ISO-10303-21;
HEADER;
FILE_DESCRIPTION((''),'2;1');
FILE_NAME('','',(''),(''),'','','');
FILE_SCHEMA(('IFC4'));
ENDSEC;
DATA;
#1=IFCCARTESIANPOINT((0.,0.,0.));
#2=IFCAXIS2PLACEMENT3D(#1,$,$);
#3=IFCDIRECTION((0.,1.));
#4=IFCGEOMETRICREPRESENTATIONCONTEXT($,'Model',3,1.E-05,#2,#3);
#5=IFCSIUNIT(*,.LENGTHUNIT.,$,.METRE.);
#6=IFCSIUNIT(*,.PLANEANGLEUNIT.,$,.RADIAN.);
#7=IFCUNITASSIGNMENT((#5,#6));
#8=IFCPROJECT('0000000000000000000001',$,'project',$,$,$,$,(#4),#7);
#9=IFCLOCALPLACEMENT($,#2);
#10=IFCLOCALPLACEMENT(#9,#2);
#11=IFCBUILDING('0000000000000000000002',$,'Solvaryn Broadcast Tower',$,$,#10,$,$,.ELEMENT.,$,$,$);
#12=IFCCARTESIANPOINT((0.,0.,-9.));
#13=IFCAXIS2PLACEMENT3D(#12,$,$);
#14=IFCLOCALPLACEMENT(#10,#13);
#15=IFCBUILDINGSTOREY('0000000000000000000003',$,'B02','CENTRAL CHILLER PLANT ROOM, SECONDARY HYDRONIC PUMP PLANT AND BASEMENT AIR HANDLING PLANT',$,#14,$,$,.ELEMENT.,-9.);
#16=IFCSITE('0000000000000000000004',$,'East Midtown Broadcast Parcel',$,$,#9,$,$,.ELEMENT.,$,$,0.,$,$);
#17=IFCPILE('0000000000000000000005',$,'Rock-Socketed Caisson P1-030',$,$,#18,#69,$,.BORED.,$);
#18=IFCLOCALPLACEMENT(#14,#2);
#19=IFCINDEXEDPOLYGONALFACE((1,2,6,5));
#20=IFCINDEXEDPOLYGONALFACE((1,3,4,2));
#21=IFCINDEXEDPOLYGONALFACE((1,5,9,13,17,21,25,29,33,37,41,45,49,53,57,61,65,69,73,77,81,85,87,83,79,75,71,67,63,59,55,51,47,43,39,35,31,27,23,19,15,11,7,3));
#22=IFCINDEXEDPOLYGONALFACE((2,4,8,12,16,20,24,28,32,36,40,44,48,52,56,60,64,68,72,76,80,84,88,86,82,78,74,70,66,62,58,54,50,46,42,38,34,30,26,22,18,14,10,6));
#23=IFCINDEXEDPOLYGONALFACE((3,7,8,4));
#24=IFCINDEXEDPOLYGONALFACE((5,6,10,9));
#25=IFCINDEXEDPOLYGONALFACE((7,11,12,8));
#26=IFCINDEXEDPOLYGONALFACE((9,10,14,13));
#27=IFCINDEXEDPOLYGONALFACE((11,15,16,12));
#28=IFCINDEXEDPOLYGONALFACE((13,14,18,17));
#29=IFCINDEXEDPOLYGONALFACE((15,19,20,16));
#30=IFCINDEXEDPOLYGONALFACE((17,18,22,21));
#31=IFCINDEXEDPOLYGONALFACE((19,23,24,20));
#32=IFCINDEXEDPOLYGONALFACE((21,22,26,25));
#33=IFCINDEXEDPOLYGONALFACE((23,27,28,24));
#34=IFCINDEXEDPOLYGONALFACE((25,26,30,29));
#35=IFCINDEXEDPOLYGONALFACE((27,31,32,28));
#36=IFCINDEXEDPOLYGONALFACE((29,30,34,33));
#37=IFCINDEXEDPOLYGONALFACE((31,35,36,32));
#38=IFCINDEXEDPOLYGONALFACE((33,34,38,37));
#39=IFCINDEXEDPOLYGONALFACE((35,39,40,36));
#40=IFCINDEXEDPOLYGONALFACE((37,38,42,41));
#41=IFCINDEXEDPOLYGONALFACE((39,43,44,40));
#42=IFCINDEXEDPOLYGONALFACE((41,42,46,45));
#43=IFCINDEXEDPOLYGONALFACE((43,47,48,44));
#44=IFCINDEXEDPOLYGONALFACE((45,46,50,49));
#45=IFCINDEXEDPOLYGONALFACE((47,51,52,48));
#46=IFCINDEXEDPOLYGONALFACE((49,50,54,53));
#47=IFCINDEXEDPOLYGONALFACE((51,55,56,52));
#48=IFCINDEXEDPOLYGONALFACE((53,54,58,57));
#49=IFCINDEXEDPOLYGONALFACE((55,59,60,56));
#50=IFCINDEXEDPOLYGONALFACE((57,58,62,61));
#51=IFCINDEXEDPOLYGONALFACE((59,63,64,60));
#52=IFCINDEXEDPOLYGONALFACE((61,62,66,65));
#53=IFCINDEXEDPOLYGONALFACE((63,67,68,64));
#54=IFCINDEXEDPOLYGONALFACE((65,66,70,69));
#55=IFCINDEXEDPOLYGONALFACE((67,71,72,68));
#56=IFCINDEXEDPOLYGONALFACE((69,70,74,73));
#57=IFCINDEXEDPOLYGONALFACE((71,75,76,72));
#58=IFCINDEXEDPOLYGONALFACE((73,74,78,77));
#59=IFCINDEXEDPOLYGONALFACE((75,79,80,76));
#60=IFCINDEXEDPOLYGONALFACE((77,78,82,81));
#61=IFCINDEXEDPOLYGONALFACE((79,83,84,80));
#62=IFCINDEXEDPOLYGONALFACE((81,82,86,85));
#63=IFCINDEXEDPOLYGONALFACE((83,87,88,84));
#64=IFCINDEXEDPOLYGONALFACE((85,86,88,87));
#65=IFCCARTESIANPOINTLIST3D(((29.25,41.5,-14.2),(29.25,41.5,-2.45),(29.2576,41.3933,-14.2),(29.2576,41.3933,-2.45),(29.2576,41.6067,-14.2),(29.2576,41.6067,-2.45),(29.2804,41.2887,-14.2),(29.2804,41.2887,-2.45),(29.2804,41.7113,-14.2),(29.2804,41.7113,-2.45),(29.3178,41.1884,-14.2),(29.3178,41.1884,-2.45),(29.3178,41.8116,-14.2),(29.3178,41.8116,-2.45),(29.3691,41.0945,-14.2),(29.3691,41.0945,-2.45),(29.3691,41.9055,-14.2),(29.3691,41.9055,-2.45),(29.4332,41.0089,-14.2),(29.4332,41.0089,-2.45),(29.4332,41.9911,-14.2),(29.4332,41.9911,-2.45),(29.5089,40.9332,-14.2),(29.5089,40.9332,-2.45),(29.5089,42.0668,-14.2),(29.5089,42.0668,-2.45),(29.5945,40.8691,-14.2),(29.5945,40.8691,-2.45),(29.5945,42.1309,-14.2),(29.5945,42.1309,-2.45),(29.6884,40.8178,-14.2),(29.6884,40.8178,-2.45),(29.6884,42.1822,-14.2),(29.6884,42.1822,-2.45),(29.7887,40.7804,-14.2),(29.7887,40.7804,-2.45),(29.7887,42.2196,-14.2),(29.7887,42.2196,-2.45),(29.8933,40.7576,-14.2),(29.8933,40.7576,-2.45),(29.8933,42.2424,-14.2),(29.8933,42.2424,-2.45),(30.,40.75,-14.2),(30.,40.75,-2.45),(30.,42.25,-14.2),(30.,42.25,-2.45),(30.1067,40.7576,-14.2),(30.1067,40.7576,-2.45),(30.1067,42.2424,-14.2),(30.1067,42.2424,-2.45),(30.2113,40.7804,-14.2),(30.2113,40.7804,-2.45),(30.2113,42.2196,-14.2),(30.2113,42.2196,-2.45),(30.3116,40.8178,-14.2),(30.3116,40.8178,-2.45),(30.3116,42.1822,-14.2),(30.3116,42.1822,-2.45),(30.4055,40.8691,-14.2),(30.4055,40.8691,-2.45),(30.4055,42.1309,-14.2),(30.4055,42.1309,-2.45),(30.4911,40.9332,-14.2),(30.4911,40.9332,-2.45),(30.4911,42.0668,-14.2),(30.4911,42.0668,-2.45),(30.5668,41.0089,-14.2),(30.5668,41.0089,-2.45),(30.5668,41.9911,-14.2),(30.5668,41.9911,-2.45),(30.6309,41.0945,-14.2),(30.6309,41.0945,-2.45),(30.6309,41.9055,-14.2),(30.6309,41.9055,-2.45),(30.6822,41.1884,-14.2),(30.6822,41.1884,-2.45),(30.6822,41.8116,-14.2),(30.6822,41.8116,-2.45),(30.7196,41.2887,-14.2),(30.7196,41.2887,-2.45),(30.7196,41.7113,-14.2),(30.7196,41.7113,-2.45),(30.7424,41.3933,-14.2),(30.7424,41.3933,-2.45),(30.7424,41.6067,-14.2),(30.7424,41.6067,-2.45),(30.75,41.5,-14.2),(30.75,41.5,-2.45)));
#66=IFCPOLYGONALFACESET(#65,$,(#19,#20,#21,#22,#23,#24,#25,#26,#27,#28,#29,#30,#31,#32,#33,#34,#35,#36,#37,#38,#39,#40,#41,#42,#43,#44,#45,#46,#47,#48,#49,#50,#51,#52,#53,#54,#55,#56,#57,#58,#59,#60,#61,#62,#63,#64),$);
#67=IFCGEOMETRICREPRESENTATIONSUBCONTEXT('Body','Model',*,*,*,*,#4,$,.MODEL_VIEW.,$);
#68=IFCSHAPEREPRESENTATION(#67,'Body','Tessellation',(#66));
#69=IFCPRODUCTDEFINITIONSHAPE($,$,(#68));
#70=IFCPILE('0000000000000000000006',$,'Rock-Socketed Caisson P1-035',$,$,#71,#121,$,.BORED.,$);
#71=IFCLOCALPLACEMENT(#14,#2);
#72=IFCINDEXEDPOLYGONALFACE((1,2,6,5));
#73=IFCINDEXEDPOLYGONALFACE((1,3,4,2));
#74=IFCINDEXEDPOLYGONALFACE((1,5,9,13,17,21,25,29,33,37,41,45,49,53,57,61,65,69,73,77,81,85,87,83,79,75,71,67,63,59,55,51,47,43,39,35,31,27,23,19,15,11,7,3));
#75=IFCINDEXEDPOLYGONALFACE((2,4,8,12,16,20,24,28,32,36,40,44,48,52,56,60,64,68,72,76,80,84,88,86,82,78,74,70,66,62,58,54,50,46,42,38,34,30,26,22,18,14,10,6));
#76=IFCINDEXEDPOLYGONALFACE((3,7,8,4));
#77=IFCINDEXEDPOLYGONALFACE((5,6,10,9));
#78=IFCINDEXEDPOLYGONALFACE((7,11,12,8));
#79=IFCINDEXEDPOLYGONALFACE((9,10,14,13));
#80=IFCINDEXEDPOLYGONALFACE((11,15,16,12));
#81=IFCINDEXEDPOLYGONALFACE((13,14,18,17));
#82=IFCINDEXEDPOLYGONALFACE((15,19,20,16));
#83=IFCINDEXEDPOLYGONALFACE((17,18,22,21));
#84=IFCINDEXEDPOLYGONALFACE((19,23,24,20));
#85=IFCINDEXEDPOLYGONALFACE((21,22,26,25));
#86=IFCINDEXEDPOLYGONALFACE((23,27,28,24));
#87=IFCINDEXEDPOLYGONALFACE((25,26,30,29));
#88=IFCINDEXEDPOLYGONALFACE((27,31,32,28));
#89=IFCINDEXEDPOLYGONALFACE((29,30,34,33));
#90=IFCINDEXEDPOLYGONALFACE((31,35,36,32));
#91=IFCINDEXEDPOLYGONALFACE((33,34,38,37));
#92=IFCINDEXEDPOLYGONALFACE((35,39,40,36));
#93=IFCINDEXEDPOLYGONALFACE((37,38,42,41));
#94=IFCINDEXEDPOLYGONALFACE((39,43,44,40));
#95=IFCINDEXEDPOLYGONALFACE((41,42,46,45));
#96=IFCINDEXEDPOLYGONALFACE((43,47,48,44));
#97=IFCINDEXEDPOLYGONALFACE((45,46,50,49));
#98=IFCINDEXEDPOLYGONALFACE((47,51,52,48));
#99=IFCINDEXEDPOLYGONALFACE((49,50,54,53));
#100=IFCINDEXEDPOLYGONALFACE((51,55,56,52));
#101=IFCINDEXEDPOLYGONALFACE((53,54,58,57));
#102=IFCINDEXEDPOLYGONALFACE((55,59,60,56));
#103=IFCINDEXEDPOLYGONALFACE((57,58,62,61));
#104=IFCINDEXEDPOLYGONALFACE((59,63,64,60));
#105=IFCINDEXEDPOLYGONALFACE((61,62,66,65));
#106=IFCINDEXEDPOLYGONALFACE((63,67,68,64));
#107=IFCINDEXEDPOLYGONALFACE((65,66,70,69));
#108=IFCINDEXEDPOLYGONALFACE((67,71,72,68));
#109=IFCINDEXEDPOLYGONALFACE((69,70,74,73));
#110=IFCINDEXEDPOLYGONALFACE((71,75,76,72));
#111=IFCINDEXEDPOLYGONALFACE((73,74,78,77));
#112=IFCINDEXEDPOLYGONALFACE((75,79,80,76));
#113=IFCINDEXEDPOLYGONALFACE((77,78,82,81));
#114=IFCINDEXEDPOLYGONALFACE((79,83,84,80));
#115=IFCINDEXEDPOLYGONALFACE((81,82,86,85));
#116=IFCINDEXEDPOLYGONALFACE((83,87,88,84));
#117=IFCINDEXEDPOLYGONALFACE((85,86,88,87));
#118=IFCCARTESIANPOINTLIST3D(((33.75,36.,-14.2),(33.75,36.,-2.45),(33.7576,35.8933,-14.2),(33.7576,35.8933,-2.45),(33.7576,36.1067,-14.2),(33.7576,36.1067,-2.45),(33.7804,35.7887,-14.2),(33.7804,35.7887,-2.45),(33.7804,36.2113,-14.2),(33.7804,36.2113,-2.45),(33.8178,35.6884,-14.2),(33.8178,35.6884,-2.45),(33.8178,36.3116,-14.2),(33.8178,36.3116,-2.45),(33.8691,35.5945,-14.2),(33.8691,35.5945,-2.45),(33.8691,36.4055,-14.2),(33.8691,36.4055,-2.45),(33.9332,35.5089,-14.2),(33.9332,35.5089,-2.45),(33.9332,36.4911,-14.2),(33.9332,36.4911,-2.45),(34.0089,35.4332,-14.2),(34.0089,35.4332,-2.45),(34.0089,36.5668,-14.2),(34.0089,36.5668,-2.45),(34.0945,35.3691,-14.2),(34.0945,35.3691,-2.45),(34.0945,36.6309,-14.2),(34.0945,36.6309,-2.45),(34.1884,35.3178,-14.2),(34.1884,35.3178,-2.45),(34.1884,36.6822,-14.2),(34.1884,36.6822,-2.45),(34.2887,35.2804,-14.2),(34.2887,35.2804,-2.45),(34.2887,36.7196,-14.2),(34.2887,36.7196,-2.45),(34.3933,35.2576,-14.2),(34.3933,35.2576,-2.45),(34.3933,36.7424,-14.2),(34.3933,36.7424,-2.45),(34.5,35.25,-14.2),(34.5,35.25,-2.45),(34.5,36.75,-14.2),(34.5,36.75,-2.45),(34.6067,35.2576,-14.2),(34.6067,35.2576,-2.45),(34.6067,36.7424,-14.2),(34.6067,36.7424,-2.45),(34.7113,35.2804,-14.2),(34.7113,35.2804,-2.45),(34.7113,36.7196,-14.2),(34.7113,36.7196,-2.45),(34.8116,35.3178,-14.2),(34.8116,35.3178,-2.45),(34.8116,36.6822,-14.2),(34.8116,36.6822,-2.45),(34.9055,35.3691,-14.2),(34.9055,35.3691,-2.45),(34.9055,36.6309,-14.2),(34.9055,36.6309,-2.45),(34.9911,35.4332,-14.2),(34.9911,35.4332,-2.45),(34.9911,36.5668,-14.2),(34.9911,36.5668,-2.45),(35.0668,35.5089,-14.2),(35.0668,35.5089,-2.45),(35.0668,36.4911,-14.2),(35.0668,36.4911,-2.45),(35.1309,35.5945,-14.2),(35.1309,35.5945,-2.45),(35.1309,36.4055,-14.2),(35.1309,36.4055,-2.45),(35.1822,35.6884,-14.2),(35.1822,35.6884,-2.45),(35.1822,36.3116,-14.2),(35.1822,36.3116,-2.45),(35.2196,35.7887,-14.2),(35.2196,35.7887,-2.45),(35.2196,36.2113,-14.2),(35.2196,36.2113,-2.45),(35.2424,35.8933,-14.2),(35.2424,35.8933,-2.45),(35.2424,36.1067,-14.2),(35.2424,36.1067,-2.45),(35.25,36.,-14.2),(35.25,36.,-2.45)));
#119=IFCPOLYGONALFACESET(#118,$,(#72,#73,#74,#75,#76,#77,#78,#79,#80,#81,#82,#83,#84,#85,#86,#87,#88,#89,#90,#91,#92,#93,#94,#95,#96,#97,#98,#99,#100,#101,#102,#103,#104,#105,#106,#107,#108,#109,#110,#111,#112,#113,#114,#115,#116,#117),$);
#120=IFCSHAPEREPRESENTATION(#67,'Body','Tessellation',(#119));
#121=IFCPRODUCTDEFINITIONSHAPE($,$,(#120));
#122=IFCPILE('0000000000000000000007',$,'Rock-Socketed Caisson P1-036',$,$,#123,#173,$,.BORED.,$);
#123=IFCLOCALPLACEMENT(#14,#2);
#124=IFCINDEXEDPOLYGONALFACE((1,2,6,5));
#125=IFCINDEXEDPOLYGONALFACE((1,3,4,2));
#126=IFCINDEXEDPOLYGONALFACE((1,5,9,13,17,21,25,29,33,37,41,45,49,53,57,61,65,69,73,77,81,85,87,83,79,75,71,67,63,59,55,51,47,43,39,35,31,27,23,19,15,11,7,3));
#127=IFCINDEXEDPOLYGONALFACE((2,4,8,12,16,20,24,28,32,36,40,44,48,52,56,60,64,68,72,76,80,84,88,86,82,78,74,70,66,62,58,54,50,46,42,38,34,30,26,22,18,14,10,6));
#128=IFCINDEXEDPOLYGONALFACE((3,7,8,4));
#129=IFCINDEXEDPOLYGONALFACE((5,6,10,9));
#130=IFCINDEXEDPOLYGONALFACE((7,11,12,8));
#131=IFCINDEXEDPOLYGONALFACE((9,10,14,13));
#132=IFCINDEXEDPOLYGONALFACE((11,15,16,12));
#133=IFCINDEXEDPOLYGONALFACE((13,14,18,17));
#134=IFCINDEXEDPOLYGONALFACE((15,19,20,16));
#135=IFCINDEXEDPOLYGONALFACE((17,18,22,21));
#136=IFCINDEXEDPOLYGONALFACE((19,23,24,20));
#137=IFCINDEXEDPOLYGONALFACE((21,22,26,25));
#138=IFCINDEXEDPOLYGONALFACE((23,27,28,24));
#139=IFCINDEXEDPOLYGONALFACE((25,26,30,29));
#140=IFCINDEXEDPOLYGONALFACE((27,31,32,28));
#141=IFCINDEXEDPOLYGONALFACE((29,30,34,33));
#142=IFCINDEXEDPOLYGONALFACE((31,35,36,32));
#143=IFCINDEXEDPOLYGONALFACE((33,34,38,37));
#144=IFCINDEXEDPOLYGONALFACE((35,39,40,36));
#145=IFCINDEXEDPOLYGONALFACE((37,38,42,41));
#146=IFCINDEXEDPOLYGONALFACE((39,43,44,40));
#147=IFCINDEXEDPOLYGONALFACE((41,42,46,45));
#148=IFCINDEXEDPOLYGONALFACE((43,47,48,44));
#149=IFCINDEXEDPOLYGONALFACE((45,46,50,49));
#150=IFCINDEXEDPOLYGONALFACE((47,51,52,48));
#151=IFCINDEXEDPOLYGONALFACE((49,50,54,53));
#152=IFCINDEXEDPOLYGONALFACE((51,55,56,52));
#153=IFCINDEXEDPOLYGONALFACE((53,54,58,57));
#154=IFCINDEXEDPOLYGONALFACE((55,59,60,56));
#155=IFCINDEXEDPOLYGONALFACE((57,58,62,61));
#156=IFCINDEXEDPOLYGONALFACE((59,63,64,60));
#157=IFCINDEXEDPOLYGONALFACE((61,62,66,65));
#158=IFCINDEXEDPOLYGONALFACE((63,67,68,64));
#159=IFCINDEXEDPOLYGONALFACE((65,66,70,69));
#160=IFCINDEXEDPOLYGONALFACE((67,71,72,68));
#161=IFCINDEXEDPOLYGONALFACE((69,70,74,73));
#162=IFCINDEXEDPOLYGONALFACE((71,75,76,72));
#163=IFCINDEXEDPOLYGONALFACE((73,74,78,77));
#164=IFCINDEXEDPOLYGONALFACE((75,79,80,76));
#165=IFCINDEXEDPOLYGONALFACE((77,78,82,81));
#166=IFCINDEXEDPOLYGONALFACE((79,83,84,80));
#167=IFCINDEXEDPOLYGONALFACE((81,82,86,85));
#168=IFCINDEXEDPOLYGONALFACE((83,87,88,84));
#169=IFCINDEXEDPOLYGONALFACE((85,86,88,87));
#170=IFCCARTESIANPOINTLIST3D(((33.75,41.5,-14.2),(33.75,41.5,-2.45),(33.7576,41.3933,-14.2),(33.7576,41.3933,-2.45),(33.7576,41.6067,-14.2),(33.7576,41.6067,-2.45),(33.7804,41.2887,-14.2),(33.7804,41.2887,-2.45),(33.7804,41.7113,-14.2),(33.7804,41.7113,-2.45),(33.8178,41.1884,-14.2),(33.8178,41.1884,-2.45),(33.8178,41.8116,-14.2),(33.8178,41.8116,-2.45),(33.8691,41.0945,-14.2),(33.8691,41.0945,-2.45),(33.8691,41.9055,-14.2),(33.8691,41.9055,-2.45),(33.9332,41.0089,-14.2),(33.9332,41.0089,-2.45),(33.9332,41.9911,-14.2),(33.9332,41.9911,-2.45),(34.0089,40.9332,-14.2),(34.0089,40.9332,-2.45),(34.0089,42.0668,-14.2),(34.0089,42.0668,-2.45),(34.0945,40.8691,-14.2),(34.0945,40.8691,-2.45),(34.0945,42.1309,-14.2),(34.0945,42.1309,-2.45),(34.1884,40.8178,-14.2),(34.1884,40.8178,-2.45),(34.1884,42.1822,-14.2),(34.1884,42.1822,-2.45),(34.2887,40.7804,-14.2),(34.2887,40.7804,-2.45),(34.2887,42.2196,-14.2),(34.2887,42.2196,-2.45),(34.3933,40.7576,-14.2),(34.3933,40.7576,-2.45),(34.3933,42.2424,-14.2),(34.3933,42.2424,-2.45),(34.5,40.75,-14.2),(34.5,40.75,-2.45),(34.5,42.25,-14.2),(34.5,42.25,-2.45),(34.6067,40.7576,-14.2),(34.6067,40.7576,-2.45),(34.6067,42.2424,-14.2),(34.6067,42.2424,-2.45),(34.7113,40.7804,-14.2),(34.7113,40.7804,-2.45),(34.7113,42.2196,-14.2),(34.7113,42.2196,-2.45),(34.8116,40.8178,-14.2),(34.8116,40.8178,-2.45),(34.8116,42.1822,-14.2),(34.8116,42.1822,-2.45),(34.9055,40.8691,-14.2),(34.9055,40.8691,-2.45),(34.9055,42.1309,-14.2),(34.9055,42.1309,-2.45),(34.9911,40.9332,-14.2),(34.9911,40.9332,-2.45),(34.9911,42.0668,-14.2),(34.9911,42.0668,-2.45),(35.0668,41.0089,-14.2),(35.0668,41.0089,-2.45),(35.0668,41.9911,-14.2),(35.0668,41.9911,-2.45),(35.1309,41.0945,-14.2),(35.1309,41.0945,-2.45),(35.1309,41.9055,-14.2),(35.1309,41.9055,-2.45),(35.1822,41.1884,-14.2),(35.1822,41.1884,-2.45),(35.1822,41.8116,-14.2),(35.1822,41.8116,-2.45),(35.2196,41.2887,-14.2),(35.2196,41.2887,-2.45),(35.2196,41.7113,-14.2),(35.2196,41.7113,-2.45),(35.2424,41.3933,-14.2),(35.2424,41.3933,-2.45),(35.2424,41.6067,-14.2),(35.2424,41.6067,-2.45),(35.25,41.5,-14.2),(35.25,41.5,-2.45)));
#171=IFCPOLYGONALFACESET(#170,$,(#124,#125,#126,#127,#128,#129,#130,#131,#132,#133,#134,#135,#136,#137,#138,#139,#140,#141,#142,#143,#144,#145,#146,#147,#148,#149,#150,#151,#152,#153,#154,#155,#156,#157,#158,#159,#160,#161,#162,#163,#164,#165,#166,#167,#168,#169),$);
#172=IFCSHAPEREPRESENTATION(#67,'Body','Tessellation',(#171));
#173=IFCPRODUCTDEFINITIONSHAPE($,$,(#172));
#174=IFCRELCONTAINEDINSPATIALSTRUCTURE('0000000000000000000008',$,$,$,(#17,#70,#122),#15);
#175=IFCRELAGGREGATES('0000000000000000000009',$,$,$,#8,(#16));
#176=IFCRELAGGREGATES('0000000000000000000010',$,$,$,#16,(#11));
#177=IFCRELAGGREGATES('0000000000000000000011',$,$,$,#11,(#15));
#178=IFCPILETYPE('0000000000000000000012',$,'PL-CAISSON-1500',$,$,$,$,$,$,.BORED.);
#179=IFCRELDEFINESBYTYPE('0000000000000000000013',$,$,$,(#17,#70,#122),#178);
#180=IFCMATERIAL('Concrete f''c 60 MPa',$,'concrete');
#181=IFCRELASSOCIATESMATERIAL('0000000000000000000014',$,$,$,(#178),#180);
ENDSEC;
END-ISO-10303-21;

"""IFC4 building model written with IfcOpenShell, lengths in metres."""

from ifc_helpers import new_model, si_unit, direction, frame, origin, origin_2d, place, context, subcontext, project, spatial, circle, extrude, material, material_profile, profile_set, type_object, element, save


model = new_model("IFC4")

# Units and contexts
model_context = context("Model", 3, precision=1e-05, world=origin(), true_north=direction((0.0, 1.0)))
body_context = subcontext(model_context, "Body", "Model", "MODEL_VIEW")
ifc_project = project(units=[si_unit("LENGTHUNIT", "METRE"), si_unit("PLANEANGLEUNIT", "RADIAN")], contexts=[model_context])

# Site, building, storey
site_placement = place(None, origin())
site = spatial("IfcSite", under=ifc_project, at=site_placement, Name="East Midtown Broadcast Parcel", CompositionType="ELEMENT", RefElevation=0.0)
building_placement = place(site_placement, origin())
building = spatial("IfcBuilding", under=site, at=building_placement, Name="Solvaryn Broadcast Tower", CompositionType="ELEMENT")
storey_placement = place(building_placement, frame((0.0, 0.0, -9.0)))
storey = spatial("IfcBuildingStorey", under=building, at=storey_placement, Name="B02", Description="CENTRAL CHILLER PLANT ROOM, SECONDARY HYDRONIC PUMP PLANT AND BASEMENT AIR HANDLING PLANT", CompositionType="ELEMENT", Elevation=-9.0)

# Piles
ifc_material_1 = material(Name="Concrete f'c 60 MPa", Category="concrete")
ifc_material_profile_1 = material_profile(ifc_material_1, circle(Radius=0.75, at=origin_2d()))
ifc_profile_set_1 = profile_set([ifc_material_profile_1], Name="Concrete f'c 60 MPa")
pile_type_1 = type_object("IfcPileType", Name="PL-CAISSON-1500", PredefinedType="BORED", material=ifc_profile_set_1)
for number, where, z_axis, x_axis, name in (
    (1, (30.0, 41.5, -2.45), (0.0, 0.0, -1.0), (1.0, 0.0, 0.0), "Rock-Socketed Caisson P1-030"),
    (2, (34.5, 36.0, -2.45), (0.0, 0.0, -1.0), (1.0, 0.0, 0.0), "Rock-Socketed Caisson P1-035"),
    (3, (34.5, 41.5, -2.45), (0.0, 0.0, -1.0), (1.0, 0.0, 0.0), "Rock-Socketed Caisson P1-036"),
):
    element("IfcPile", number, at=place(storey_placement, frame(where, z_axis=z_axis, x_axis=x_axis)), inside=storey, type_object=pile_type_1, Name=name, PredefinedType="BORED", context=body_context, shape_type="SweptSolid", body=[
        extrude(circle(Radius=0.75, at=origin_2d()), origin(), (0.0, 0.0, 1.0), 11.75),
    ])

save(model, "model.ifc")
